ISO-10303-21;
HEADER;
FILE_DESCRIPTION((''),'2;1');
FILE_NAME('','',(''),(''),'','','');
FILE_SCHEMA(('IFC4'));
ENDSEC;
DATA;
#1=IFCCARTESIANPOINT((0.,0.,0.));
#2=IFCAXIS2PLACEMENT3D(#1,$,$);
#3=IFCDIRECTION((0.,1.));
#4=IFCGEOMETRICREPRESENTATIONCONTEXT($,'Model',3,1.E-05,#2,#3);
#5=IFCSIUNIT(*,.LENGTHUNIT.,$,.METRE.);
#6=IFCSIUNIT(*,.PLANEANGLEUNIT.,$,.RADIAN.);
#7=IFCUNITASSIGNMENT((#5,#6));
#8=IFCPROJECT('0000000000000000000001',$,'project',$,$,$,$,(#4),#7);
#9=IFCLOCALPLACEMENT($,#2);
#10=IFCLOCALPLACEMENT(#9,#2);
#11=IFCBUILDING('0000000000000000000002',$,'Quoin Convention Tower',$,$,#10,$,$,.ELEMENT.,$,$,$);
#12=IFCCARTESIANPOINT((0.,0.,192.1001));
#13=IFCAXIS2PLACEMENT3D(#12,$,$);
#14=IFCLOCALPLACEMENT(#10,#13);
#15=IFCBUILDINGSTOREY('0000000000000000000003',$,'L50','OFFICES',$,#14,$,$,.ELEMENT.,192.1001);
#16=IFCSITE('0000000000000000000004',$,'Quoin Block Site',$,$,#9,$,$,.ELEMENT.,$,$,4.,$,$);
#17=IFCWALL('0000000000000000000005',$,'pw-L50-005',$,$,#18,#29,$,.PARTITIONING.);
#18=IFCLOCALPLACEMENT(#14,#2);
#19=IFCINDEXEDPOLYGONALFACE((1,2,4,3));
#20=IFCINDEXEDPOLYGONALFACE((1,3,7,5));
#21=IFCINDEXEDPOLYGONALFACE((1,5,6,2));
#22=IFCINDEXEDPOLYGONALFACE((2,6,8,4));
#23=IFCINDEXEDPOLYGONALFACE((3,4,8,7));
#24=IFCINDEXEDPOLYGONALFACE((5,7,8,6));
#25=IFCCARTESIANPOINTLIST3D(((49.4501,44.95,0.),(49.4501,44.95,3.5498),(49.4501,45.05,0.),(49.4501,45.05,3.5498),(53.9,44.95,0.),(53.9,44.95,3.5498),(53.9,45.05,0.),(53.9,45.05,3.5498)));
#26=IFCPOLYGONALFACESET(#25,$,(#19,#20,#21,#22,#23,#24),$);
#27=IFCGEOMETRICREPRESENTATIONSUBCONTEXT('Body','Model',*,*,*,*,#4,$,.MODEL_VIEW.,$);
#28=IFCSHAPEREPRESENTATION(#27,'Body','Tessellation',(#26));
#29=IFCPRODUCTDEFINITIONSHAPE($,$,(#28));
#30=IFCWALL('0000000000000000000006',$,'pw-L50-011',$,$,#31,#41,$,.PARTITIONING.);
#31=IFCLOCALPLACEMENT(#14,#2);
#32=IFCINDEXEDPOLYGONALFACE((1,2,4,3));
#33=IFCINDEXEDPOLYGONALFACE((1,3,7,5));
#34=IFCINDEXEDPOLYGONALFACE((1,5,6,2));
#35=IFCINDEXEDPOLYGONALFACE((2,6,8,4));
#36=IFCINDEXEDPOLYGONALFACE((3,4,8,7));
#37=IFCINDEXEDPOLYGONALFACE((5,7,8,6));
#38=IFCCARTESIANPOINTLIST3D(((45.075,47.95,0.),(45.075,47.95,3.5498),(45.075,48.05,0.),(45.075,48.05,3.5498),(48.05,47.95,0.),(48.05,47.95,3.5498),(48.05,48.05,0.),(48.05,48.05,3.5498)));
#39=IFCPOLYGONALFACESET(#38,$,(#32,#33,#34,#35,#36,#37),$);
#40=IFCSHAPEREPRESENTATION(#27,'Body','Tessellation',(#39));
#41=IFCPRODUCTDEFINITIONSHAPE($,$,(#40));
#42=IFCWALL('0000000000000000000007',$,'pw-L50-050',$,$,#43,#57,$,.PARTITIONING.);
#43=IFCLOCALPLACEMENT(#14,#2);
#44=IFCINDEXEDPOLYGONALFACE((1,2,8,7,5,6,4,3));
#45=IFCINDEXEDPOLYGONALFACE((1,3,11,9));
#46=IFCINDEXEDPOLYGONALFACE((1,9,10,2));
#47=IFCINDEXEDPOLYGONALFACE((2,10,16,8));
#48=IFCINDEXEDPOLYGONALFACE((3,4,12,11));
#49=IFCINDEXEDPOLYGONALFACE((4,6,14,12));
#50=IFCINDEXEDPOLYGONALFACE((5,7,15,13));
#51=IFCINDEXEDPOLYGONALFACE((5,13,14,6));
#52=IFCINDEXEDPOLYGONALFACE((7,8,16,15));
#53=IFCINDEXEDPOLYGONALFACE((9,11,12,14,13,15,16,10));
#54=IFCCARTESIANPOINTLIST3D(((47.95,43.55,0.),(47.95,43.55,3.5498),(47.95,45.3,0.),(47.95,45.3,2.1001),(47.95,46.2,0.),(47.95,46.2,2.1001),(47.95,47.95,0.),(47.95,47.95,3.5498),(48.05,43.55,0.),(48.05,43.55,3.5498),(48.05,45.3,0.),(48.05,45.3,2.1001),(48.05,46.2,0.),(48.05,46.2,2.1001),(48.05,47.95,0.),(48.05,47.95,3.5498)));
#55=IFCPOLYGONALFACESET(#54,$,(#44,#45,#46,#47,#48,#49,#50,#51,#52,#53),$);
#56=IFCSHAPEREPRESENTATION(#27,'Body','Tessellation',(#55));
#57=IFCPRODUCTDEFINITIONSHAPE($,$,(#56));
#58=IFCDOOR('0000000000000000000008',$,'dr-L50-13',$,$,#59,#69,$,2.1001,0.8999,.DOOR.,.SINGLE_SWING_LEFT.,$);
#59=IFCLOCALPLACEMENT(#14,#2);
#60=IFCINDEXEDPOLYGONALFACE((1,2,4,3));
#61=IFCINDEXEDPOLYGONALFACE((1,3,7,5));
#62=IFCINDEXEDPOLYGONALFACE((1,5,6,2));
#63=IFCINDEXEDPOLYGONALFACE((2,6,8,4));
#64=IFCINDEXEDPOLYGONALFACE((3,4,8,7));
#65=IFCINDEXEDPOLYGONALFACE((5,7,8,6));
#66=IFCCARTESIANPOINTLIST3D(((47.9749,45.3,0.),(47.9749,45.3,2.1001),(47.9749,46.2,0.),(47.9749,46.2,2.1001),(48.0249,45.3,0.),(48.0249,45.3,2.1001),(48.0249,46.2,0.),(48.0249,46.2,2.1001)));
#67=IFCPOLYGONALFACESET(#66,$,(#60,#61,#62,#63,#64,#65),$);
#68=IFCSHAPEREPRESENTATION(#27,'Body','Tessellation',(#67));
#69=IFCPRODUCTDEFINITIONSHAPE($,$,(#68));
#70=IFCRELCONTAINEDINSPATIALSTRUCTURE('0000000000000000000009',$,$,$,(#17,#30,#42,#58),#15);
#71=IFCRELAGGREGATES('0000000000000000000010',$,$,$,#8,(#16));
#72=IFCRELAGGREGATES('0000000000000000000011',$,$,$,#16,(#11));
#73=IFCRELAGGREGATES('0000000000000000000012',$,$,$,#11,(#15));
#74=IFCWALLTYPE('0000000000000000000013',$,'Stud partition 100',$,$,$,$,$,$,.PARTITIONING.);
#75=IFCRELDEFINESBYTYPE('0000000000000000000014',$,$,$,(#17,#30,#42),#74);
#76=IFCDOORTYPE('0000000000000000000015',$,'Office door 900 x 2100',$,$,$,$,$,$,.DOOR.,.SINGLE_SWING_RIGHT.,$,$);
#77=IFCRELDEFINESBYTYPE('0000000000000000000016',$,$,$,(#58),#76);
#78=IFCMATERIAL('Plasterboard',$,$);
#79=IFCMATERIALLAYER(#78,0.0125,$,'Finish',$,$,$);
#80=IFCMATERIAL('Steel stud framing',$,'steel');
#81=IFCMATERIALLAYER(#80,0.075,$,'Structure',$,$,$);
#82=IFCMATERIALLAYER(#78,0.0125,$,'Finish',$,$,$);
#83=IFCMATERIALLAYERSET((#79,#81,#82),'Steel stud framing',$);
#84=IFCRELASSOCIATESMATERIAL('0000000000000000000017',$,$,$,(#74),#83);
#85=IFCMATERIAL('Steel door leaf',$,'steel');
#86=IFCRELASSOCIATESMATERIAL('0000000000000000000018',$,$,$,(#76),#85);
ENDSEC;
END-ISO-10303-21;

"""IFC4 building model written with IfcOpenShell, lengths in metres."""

from ifc_helpers import new_model, si_unit, direction, frame, frame_2d, origin, place, context, subcontext, project, spatial, rectangle, extrude, material, layer, layer_set, type_object, element, fill, save


model = new_model("IFC4")

# Units and contexts
model_context = context("Model", 3, precision=1e-05, world=origin(), true_north=direction((0.0, 1.0)))
body_context = subcontext(model_context, "Body", "Model", "MODEL_VIEW")
ifc_project = project(units=[si_unit("LENGTHUNIT", "METRE"), si_unit("PLANEANGLEUNIT", "RADIAN")], contexts=[model_context])

# Site, building, storey
site_placement = place(None, origin())
site = spatial("IfcSite", under=ifc_project, at=site_placement, Name="Quoin Block Site", CompositionType="ELEMENT", RefElevation=4.0)
building_placement = place(site_placement, origin())
building = spatial("IfcBuilding", under=site, at=building_placement, Name="Quoin Convention Tower", CompositionType="ELEMENT")
storey_placement = place(building_placement, frame((0.0, 0.0, 192.1001)))
storey = spatial("IfcBuildingStorey", under=building, at=storey_placement, Name="L50", Description="OFFICES", CompositionType="ELEMENT", Elevation=192.1001)

# Shared definitions
ifc_material_1 = material(Name="Plasterboard")
ifc_material_2 = material(Name="Steel stud framing", Category="steel")
ifc_material_3 = material(Name="Steel door leaf", Category="steel")

# Walls
ifc_layer_1 = layer(ifc_material_1, 0.0125, Name="Finish")
ifc_layer_2 = layer(ifc_material_2, 0.075, Name="Structure")
ifc_layer_3 = layer(ifc_material_1, 0.0125, Name="Finish")
ifc_layer_set_1 = layer_set([ifc_layer_1, ifc_layer_2, ifc_layer_3], Name="Steel stud framing")
wall_type_1 = type_object("IfcWallType", Name="Stud partition 100", PredefinedType="PARTITIONING", material=ifc_layer_set_1)
wall_1_placement = place(storey_placement, frame((49.45, 45.0, 0.0), z_axis=(0.0, 0.0, 1.0), x_axis=(1.0, 0.0, 0.0)))
element("IfcWall", 1, at=wall_1_placement, inside=storey, type_object=wall_type_1, Name="pw-L50-005", PredefinedType="PARTITIONING", context=body_context, shape_type="SweptSolid", body=[
    extrude(rectangle(XDim=4.45, YDim=0.1001, at=frame_2d((2.2251, 0.0))), origin(), (0.0, 0.0, 1.0), 3.5498),
])
wall_2_placement = place(storey_placement, frame((45.075, 48.0, 0.0), z_axis=(0.0, 0.0, 1.0), x_axis=(1.0, 0.0, 0.0)))
element("IfcWall", 2, at=wall_2_placement, inside=storey, type_object=wall_type_1, Name="pw-L50-011", PredefinedType="PARTITIONING", context=body_context, shape_type="SweptSolid", body=[
    extrude(rectangle(XDim=2.9751, YDim=0.1001, at=frame_2d((1.4875, 0.0))), origin(), (0.0, 0.0, 1.0), 3.5498),
])

# Wall, opening, door
wall_3_placement = place(storey_placement, frame((48.0, 43.55, 0.0), z_axis=(0.0, 0.0, 1.0), x_axis=(0.0, 1.0, 0.0)))
wall_3 = element("IfcWall", 3, at=wall_3_placement, inside=storey, type_object=wall_type_1, Name="pw-L50-050", PredefinedType="PARTITIONING", context=body_context, shape_type="SweptSolid", body=[
    extrude(rectangle(XDim=4.3999, YDim=0.1001, at=frame_2d((2.2, 0.0))), origin(), (0.0, 0.0, 1.0), 3.5498),
])
opening_1_placement = place(wall_3_placement, frame((1.75, 0.0, 0.0)))
opening_1 = element("IfcOpeningElement", 4, at=opening_1_placement, cuts=wall_3, PredefinedType="OPENING", context=body_context, shape_type="SweptSolid", body=[
    extrude(rectangle(XDim=0.8999, YDim=2.1001, at=frame_2d((0.45, 1.05))), frame((0.0, 0.0601, 0.0), z_axis=(0.0, -1.0, 0.0), x_axis=(1.0, 0.0, 0.0)), (0.0, 0.0, 1.0), 0.1201),
])
door_type_1 = type_object("IfcDoorType", Name="Office door 900 x 2100", OperationType="SINGLE_SWING_RIGHT", PredefinedType="DOOR", material=ifc_material_3)
door_1_placement = place(opening_1_placement, frame((0.8999, 0.0, 0.0), z_axis=(0.0, 0.0, 1.0), x_axis=(-1.0, 0.0, 0.0)))
door_1 = element("IfcDoor", 5, at=door_1_placement, inside=storey, type_object=door_type_1, Name="dr-L50-13", OperationType="SINGLE_SWING_LEFT", OverallHeight=2.1001, OverallWidth=0.8999, PredefinedType="DOOR", context=body_context, shape_type="SweptSolid", body=[
    extrude(rectangle(XDim=0.8999, YDim=2.1001, at=frame_2d((0.45, 1.05))), frame((0.0, 0.0249, 0.0), z_axis=(0.0, -1.0, 0.0), x_axis=(1.0, 0.0, 0.0)), (0.0, 0.0, 1.0), 0.05),
])
fill(opening_1, door_1)

save(model, "model.ifc")
